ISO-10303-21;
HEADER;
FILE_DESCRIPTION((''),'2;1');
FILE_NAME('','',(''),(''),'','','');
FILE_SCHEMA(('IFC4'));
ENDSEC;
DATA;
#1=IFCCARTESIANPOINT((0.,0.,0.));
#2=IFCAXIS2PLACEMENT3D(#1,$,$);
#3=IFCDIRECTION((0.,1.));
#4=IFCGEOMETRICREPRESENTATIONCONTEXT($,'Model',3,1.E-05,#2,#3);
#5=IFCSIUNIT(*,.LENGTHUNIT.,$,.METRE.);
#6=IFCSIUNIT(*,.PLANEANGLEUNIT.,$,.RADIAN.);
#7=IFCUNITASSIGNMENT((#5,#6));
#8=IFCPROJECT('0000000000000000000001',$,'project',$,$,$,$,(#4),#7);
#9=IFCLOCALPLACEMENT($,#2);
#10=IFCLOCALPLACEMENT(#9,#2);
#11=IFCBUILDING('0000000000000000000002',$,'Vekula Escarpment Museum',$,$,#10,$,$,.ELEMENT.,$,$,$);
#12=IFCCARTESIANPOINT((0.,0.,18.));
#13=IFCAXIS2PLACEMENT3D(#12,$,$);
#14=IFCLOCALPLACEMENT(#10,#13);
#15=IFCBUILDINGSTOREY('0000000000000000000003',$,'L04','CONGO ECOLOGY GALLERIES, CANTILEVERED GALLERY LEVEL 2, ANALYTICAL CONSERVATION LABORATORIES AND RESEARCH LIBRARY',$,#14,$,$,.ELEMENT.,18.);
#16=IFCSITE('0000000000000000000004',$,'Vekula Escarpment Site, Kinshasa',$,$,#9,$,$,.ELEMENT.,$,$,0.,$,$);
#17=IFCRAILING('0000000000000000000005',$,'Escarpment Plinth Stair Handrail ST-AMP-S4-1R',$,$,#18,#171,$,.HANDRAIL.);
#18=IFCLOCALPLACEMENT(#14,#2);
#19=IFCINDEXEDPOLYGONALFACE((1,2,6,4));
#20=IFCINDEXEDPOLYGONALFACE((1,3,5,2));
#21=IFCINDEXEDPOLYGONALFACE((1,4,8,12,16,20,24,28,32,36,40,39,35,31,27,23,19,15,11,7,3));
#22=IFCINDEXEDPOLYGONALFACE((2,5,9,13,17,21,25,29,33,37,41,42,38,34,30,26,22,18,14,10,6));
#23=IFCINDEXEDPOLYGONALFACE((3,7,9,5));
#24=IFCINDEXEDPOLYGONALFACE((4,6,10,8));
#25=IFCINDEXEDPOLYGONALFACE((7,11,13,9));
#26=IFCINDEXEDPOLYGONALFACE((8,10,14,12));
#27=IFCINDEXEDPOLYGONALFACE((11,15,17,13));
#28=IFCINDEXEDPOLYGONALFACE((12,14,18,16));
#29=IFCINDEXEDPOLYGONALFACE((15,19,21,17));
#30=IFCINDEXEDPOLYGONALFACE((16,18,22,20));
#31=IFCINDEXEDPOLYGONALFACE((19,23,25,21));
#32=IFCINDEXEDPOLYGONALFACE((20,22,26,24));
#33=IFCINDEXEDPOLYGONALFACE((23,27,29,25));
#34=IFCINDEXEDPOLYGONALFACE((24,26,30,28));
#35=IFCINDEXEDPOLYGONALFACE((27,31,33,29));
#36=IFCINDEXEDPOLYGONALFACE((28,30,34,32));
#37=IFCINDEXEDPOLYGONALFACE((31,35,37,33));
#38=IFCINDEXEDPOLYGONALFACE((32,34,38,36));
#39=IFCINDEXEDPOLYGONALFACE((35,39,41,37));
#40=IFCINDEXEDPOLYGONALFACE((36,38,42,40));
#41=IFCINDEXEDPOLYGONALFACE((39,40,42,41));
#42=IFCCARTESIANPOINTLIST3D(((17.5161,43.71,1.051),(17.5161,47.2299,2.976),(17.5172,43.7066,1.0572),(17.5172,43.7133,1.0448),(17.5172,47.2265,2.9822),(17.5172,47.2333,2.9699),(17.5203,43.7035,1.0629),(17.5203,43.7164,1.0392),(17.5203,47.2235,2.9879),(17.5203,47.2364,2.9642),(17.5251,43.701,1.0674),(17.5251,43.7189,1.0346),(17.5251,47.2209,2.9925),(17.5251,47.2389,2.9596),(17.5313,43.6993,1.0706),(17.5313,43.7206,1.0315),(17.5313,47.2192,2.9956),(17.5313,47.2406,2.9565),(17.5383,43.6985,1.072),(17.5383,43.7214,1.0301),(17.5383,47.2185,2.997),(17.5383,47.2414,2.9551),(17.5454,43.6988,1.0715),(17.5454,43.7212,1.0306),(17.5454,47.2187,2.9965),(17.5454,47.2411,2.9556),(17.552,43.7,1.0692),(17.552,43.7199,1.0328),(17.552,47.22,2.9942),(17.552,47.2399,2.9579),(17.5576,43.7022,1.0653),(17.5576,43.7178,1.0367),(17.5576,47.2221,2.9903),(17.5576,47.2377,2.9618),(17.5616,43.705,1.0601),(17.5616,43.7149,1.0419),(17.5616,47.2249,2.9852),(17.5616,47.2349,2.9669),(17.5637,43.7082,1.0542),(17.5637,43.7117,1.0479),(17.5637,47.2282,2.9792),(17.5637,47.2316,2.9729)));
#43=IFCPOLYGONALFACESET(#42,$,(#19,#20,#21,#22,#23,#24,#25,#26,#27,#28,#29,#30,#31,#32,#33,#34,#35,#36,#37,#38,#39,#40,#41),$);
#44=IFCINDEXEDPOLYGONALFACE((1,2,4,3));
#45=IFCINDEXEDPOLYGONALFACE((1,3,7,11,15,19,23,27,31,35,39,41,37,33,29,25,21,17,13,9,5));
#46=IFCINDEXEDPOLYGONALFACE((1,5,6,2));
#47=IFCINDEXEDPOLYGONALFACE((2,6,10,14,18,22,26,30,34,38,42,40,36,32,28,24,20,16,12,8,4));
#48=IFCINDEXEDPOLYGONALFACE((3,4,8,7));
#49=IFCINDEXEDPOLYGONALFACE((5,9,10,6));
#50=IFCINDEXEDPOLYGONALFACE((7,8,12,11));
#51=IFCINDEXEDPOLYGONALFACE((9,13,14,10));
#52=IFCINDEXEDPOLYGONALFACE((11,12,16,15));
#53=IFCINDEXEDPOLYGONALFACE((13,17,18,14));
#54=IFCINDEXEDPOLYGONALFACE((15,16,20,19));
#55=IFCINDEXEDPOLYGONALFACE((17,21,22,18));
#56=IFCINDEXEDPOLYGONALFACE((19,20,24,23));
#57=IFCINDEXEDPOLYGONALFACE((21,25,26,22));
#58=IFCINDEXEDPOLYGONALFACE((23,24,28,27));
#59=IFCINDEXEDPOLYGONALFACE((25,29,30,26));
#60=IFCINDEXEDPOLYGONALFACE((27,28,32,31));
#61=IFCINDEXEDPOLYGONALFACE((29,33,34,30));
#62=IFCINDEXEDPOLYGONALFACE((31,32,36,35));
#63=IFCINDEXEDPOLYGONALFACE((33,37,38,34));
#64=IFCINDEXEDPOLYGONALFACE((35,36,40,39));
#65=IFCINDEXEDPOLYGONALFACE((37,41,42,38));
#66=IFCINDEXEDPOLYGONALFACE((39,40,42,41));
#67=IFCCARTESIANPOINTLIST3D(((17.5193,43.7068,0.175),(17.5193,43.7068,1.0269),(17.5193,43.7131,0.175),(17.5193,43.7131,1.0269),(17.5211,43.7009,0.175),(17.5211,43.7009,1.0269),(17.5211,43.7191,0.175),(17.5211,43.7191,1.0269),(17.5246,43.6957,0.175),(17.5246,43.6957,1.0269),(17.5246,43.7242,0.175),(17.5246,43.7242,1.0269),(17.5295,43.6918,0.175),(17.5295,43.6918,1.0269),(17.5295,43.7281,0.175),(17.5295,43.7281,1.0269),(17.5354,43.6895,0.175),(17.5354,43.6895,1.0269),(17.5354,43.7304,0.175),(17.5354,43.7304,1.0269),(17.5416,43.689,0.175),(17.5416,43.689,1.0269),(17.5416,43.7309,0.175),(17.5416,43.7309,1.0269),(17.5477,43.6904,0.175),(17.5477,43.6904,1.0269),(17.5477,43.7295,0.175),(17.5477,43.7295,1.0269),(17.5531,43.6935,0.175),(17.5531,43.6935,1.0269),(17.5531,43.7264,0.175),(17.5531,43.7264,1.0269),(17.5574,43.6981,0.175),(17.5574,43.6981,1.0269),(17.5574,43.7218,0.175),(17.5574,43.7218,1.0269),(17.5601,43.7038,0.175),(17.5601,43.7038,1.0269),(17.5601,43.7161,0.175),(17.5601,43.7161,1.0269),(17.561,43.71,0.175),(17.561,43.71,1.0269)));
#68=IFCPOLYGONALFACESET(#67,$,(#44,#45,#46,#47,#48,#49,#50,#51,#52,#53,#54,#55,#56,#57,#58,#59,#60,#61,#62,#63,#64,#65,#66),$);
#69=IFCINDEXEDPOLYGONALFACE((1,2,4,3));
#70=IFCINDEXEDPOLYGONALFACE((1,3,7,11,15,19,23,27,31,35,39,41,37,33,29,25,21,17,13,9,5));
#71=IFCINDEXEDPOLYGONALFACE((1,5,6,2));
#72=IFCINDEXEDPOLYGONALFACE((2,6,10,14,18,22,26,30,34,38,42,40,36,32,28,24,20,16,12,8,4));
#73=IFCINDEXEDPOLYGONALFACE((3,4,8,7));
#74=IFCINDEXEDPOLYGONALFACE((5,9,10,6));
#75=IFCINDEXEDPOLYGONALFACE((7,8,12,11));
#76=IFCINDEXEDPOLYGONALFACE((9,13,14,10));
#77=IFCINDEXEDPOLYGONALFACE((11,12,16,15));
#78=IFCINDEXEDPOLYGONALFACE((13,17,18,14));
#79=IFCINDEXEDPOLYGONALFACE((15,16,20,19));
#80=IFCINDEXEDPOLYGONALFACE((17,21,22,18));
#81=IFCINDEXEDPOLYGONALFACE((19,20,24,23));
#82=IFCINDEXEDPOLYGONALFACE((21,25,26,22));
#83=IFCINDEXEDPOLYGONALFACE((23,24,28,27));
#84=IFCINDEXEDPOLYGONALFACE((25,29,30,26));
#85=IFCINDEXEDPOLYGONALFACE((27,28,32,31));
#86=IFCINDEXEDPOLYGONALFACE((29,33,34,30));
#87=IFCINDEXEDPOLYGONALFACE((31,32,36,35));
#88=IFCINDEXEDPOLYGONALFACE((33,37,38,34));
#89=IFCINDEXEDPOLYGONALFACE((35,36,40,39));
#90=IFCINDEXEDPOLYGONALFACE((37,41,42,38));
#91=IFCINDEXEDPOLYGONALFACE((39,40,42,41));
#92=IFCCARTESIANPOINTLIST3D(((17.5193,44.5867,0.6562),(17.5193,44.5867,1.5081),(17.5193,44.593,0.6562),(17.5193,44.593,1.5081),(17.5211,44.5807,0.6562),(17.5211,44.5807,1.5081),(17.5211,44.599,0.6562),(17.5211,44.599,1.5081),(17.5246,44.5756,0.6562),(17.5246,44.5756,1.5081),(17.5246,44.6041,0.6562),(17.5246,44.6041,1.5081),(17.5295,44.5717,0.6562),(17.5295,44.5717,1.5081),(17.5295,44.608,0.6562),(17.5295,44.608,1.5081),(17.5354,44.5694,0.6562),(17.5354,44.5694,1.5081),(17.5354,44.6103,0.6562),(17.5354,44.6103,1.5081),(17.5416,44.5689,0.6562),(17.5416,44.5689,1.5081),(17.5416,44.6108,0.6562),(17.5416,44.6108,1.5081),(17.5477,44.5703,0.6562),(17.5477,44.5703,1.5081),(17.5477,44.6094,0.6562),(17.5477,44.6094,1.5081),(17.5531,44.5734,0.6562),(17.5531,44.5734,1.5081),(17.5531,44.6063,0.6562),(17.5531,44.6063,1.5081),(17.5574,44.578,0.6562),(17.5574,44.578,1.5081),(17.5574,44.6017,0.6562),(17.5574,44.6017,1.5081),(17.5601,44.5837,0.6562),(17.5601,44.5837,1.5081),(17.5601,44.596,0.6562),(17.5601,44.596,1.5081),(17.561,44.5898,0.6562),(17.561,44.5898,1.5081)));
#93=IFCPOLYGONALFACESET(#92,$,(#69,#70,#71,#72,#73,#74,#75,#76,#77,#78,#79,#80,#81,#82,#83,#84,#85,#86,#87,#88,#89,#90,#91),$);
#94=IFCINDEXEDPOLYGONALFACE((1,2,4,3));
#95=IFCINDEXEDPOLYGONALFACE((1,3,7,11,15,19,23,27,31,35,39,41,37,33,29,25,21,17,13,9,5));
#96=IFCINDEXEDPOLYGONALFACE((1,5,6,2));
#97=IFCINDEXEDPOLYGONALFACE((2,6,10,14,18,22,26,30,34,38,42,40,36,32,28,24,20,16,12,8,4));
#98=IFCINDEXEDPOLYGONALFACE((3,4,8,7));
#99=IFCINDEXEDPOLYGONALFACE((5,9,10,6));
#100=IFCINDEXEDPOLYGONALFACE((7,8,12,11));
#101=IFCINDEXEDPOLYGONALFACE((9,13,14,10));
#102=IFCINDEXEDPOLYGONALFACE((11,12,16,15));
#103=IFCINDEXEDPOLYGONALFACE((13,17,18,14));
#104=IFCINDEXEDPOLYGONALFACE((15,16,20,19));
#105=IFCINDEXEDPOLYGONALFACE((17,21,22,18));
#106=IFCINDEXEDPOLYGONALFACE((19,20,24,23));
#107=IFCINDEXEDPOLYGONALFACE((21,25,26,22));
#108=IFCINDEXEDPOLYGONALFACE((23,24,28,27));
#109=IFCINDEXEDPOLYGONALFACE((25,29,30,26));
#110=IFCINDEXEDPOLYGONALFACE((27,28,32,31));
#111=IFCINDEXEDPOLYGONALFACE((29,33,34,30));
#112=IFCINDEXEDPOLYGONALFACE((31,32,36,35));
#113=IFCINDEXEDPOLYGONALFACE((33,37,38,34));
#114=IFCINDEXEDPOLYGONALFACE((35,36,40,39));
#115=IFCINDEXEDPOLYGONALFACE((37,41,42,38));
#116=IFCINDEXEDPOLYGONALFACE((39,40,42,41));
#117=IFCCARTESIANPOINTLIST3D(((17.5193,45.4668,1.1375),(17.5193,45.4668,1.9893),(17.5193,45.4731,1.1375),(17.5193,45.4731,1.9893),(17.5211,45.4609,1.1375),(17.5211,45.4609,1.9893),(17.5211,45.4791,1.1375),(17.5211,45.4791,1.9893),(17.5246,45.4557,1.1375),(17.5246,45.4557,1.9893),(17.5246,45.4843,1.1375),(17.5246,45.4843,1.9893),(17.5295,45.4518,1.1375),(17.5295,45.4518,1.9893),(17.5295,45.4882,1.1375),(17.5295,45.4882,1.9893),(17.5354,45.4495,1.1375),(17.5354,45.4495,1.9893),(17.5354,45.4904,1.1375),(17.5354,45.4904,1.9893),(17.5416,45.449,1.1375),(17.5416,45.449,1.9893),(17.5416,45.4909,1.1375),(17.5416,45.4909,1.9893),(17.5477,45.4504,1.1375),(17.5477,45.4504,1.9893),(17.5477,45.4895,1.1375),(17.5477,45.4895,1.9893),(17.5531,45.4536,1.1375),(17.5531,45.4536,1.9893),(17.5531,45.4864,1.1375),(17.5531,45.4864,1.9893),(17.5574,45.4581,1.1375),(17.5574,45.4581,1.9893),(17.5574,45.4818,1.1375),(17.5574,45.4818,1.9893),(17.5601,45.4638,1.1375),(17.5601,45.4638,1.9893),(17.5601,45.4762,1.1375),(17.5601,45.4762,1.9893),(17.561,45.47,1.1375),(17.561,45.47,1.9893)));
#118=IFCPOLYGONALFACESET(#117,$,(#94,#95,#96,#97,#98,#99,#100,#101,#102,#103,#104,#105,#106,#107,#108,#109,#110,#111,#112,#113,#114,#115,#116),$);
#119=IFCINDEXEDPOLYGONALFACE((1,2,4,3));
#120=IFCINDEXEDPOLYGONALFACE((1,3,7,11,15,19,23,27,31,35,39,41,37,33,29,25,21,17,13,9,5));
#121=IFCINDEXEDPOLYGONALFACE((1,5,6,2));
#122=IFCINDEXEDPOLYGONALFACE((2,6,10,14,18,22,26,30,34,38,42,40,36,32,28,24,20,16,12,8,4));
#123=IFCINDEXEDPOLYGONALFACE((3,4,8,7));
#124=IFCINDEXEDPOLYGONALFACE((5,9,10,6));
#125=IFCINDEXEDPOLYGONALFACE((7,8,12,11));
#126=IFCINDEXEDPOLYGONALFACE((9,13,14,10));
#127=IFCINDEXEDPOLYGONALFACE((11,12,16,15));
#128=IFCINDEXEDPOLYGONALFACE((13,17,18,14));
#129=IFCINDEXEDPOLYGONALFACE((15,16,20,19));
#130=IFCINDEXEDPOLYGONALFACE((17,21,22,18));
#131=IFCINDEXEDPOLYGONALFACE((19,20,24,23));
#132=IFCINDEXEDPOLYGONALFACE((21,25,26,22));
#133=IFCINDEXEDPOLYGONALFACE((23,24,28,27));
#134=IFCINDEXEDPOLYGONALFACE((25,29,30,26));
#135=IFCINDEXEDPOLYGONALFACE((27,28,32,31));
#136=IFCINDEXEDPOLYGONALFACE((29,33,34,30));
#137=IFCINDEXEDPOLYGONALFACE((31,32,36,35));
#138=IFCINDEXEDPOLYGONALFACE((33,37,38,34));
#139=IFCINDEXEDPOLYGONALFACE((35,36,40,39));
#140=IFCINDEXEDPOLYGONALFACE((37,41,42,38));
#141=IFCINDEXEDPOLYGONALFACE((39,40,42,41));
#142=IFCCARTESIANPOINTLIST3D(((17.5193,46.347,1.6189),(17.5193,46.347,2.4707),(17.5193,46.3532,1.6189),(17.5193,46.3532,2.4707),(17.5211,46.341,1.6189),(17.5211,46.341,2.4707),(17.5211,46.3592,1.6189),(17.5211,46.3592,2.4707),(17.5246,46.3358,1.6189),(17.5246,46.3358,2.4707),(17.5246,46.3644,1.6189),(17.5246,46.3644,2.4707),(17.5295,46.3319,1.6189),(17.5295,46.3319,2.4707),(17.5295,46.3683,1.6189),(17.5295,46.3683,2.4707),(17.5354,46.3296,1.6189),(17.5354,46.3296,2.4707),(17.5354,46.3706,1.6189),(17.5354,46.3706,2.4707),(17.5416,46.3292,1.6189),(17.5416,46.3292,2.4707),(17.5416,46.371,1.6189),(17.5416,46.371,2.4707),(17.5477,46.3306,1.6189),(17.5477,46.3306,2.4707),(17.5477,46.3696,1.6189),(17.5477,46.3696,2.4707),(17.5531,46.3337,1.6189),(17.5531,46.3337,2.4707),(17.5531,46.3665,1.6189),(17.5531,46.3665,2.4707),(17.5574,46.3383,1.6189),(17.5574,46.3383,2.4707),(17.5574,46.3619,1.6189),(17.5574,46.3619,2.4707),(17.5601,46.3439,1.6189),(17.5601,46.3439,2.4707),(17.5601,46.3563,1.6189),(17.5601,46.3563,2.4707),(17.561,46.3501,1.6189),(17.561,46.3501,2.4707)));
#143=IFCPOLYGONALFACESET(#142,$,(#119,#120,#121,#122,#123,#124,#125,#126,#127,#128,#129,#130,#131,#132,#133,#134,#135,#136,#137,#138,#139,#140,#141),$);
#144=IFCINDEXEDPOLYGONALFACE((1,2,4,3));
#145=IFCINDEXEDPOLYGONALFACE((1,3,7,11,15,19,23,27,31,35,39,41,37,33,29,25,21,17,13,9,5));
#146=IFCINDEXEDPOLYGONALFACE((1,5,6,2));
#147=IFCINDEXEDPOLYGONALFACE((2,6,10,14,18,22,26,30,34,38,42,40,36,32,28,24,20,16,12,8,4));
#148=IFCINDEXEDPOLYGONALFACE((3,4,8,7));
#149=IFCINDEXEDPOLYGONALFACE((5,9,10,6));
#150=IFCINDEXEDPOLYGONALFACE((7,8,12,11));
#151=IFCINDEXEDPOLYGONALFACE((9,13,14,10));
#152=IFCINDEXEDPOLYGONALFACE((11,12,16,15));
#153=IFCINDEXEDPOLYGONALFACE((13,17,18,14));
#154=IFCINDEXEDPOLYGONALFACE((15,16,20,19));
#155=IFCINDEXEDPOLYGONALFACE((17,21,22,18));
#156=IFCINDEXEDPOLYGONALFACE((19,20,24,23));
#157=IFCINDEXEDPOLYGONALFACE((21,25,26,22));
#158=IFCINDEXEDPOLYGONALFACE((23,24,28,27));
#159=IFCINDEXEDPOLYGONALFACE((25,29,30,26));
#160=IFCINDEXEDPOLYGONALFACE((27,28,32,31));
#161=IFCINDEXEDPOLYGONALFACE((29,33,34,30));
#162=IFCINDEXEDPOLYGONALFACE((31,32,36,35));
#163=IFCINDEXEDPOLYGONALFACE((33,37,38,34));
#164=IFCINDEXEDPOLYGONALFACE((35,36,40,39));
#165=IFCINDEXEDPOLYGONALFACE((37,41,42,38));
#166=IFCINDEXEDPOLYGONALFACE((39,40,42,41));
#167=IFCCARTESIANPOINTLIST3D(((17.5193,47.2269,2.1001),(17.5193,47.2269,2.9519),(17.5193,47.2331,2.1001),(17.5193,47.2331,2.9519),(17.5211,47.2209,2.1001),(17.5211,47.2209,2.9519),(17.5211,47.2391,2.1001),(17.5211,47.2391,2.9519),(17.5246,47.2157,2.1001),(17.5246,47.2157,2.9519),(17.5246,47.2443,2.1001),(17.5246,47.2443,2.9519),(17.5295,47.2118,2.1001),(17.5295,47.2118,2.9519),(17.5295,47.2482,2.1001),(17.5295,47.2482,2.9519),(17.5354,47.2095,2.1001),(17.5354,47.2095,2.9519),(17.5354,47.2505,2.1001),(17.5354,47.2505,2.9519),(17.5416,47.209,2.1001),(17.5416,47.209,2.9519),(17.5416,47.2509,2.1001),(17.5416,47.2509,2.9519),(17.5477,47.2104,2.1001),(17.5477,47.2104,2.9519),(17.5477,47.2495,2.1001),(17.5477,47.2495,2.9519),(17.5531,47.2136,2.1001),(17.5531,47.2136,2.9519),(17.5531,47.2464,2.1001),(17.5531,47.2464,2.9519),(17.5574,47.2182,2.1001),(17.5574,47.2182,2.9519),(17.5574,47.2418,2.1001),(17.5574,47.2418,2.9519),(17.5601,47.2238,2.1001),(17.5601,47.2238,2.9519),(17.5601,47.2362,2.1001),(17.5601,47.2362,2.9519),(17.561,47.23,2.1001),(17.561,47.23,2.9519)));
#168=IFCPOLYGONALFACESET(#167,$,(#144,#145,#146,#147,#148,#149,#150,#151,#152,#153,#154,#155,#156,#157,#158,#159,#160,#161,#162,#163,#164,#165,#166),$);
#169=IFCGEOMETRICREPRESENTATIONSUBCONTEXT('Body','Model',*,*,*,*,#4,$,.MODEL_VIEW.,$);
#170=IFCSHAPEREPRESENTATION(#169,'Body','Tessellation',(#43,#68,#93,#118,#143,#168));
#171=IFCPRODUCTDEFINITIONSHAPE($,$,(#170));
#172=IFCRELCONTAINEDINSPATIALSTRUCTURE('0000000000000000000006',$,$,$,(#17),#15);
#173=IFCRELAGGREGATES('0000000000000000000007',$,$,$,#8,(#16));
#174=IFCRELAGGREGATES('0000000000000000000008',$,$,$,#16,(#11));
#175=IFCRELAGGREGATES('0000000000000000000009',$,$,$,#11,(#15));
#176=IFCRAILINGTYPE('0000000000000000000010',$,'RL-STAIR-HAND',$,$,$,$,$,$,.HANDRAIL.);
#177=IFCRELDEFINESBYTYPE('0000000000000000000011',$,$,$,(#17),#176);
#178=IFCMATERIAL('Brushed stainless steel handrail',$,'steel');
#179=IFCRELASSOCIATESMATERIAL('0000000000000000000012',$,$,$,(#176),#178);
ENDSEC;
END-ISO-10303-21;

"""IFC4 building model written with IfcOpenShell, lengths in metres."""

from ifc_helpers import new_model, si_unit, direction, frame, origin, origin_2d, place, context, subcontext, project, spatial, circle, extrude, material, type_object, element, save


model = new_model("IFC4")

# Units and contexts
model_context = context("Model", 3, precision=1e-05, world=origin(), true_north=direction((0.0, 1.0)))
body_context = subcontext(model_context, "Body", "Model", "MODEL_VIEW")
ifc_project = project(units=[si_unit("LENGTHUNIT", "METRE"), si_unit("PLANEANGLEUNIT", "RADIAN")], contexts=[model_context])

# Site, building, storey
site_placement = place(None, origin())
site = spatial("IfcSite", under=ifc_project, at=site_placement, Name="Vekula Escarpment Site, Kinshasa", CompositionType="ELEMENT", RefElevation=0.0)
building_placement = place(site_placement, origin())
building = spatial("IfcBuilding", under=site, at=building_placement, Name="Vekula Escarpment Museum", CompositionType="ELEMENT")
storey_placement = place(building_placement, frame((0.0, 0.0, 18.0)))
storey = spatial("IfcBuildingStorey", under=building, at=storey_placement, Name="L04", Description="CONGO ECOLOGY GALLERIES, CANTILEVERED GALLERY LEVEL 2, ANALYTICAL CONSERVATION LABORATORIES AND RESEARCH LIBRARY", CompositionType="ELEMENT", Elevation=18.0)

# Railing
ifc_material_1 = material(Name="Brushed stainless steel handrail", Category="steel")
railing_type_1 = type_object("IfcRailingType", Name="RL-STAIR-HAND", PredefinedType="HANDRAIL", material=ifc_material_1)
for number, where, name in (
    (1, (17.54, 43.71, 0.175), "Escarpment Plinth Stair Handrail ST-AMP-S4-1R"),
):
    element("IfcRailing", number, at=place(storey_placement, frame(where)), inside=storey, type_object=railing_type_1, Name=name, PredefinedType="HANDRAIL", context=body_context, shape_type="SweptSolid", body=[
        extrude(circle(Radius=0.0239, at=origin_2d()), frame((0.0, 0.0, 0.876), z_axis=(0.0, 0.877367, 0.47982), x_axis=(-1.0, 0.0, 0.0)), (0.0, 0.0, 1.0), 4.012),
        extrude(circle(Radius=0.021, at=origin_2d()), origin(), (0.0, 0.0, 1.0), 0.8518),
        extrude(circle(Radius=0.021, at=origin_2d()), frame((0.0, 0.8799, 0.4812)), (0.0, 0.0, 1.0), 0.8518),
        extrude(circle(Radius=0.021, at=origin_2d()), frame((0.0, 1.76, 0.9624)), (0.0, 0.0, 1.0), 0.8518),
        extrude(circle(Radius=0.021, at=origin_2d()), frame((0.0, 2.6401, 1.4438)), (0.0, 0.0, 1.0), 0.8518),
        extrude(circle(Radius=0.021, at=origin_2d()), frame((0.0, 3.52, 1.925)), (0.0, 0.0, 1.0), 0.8518),
    ])

save(model, "model.ifc")
